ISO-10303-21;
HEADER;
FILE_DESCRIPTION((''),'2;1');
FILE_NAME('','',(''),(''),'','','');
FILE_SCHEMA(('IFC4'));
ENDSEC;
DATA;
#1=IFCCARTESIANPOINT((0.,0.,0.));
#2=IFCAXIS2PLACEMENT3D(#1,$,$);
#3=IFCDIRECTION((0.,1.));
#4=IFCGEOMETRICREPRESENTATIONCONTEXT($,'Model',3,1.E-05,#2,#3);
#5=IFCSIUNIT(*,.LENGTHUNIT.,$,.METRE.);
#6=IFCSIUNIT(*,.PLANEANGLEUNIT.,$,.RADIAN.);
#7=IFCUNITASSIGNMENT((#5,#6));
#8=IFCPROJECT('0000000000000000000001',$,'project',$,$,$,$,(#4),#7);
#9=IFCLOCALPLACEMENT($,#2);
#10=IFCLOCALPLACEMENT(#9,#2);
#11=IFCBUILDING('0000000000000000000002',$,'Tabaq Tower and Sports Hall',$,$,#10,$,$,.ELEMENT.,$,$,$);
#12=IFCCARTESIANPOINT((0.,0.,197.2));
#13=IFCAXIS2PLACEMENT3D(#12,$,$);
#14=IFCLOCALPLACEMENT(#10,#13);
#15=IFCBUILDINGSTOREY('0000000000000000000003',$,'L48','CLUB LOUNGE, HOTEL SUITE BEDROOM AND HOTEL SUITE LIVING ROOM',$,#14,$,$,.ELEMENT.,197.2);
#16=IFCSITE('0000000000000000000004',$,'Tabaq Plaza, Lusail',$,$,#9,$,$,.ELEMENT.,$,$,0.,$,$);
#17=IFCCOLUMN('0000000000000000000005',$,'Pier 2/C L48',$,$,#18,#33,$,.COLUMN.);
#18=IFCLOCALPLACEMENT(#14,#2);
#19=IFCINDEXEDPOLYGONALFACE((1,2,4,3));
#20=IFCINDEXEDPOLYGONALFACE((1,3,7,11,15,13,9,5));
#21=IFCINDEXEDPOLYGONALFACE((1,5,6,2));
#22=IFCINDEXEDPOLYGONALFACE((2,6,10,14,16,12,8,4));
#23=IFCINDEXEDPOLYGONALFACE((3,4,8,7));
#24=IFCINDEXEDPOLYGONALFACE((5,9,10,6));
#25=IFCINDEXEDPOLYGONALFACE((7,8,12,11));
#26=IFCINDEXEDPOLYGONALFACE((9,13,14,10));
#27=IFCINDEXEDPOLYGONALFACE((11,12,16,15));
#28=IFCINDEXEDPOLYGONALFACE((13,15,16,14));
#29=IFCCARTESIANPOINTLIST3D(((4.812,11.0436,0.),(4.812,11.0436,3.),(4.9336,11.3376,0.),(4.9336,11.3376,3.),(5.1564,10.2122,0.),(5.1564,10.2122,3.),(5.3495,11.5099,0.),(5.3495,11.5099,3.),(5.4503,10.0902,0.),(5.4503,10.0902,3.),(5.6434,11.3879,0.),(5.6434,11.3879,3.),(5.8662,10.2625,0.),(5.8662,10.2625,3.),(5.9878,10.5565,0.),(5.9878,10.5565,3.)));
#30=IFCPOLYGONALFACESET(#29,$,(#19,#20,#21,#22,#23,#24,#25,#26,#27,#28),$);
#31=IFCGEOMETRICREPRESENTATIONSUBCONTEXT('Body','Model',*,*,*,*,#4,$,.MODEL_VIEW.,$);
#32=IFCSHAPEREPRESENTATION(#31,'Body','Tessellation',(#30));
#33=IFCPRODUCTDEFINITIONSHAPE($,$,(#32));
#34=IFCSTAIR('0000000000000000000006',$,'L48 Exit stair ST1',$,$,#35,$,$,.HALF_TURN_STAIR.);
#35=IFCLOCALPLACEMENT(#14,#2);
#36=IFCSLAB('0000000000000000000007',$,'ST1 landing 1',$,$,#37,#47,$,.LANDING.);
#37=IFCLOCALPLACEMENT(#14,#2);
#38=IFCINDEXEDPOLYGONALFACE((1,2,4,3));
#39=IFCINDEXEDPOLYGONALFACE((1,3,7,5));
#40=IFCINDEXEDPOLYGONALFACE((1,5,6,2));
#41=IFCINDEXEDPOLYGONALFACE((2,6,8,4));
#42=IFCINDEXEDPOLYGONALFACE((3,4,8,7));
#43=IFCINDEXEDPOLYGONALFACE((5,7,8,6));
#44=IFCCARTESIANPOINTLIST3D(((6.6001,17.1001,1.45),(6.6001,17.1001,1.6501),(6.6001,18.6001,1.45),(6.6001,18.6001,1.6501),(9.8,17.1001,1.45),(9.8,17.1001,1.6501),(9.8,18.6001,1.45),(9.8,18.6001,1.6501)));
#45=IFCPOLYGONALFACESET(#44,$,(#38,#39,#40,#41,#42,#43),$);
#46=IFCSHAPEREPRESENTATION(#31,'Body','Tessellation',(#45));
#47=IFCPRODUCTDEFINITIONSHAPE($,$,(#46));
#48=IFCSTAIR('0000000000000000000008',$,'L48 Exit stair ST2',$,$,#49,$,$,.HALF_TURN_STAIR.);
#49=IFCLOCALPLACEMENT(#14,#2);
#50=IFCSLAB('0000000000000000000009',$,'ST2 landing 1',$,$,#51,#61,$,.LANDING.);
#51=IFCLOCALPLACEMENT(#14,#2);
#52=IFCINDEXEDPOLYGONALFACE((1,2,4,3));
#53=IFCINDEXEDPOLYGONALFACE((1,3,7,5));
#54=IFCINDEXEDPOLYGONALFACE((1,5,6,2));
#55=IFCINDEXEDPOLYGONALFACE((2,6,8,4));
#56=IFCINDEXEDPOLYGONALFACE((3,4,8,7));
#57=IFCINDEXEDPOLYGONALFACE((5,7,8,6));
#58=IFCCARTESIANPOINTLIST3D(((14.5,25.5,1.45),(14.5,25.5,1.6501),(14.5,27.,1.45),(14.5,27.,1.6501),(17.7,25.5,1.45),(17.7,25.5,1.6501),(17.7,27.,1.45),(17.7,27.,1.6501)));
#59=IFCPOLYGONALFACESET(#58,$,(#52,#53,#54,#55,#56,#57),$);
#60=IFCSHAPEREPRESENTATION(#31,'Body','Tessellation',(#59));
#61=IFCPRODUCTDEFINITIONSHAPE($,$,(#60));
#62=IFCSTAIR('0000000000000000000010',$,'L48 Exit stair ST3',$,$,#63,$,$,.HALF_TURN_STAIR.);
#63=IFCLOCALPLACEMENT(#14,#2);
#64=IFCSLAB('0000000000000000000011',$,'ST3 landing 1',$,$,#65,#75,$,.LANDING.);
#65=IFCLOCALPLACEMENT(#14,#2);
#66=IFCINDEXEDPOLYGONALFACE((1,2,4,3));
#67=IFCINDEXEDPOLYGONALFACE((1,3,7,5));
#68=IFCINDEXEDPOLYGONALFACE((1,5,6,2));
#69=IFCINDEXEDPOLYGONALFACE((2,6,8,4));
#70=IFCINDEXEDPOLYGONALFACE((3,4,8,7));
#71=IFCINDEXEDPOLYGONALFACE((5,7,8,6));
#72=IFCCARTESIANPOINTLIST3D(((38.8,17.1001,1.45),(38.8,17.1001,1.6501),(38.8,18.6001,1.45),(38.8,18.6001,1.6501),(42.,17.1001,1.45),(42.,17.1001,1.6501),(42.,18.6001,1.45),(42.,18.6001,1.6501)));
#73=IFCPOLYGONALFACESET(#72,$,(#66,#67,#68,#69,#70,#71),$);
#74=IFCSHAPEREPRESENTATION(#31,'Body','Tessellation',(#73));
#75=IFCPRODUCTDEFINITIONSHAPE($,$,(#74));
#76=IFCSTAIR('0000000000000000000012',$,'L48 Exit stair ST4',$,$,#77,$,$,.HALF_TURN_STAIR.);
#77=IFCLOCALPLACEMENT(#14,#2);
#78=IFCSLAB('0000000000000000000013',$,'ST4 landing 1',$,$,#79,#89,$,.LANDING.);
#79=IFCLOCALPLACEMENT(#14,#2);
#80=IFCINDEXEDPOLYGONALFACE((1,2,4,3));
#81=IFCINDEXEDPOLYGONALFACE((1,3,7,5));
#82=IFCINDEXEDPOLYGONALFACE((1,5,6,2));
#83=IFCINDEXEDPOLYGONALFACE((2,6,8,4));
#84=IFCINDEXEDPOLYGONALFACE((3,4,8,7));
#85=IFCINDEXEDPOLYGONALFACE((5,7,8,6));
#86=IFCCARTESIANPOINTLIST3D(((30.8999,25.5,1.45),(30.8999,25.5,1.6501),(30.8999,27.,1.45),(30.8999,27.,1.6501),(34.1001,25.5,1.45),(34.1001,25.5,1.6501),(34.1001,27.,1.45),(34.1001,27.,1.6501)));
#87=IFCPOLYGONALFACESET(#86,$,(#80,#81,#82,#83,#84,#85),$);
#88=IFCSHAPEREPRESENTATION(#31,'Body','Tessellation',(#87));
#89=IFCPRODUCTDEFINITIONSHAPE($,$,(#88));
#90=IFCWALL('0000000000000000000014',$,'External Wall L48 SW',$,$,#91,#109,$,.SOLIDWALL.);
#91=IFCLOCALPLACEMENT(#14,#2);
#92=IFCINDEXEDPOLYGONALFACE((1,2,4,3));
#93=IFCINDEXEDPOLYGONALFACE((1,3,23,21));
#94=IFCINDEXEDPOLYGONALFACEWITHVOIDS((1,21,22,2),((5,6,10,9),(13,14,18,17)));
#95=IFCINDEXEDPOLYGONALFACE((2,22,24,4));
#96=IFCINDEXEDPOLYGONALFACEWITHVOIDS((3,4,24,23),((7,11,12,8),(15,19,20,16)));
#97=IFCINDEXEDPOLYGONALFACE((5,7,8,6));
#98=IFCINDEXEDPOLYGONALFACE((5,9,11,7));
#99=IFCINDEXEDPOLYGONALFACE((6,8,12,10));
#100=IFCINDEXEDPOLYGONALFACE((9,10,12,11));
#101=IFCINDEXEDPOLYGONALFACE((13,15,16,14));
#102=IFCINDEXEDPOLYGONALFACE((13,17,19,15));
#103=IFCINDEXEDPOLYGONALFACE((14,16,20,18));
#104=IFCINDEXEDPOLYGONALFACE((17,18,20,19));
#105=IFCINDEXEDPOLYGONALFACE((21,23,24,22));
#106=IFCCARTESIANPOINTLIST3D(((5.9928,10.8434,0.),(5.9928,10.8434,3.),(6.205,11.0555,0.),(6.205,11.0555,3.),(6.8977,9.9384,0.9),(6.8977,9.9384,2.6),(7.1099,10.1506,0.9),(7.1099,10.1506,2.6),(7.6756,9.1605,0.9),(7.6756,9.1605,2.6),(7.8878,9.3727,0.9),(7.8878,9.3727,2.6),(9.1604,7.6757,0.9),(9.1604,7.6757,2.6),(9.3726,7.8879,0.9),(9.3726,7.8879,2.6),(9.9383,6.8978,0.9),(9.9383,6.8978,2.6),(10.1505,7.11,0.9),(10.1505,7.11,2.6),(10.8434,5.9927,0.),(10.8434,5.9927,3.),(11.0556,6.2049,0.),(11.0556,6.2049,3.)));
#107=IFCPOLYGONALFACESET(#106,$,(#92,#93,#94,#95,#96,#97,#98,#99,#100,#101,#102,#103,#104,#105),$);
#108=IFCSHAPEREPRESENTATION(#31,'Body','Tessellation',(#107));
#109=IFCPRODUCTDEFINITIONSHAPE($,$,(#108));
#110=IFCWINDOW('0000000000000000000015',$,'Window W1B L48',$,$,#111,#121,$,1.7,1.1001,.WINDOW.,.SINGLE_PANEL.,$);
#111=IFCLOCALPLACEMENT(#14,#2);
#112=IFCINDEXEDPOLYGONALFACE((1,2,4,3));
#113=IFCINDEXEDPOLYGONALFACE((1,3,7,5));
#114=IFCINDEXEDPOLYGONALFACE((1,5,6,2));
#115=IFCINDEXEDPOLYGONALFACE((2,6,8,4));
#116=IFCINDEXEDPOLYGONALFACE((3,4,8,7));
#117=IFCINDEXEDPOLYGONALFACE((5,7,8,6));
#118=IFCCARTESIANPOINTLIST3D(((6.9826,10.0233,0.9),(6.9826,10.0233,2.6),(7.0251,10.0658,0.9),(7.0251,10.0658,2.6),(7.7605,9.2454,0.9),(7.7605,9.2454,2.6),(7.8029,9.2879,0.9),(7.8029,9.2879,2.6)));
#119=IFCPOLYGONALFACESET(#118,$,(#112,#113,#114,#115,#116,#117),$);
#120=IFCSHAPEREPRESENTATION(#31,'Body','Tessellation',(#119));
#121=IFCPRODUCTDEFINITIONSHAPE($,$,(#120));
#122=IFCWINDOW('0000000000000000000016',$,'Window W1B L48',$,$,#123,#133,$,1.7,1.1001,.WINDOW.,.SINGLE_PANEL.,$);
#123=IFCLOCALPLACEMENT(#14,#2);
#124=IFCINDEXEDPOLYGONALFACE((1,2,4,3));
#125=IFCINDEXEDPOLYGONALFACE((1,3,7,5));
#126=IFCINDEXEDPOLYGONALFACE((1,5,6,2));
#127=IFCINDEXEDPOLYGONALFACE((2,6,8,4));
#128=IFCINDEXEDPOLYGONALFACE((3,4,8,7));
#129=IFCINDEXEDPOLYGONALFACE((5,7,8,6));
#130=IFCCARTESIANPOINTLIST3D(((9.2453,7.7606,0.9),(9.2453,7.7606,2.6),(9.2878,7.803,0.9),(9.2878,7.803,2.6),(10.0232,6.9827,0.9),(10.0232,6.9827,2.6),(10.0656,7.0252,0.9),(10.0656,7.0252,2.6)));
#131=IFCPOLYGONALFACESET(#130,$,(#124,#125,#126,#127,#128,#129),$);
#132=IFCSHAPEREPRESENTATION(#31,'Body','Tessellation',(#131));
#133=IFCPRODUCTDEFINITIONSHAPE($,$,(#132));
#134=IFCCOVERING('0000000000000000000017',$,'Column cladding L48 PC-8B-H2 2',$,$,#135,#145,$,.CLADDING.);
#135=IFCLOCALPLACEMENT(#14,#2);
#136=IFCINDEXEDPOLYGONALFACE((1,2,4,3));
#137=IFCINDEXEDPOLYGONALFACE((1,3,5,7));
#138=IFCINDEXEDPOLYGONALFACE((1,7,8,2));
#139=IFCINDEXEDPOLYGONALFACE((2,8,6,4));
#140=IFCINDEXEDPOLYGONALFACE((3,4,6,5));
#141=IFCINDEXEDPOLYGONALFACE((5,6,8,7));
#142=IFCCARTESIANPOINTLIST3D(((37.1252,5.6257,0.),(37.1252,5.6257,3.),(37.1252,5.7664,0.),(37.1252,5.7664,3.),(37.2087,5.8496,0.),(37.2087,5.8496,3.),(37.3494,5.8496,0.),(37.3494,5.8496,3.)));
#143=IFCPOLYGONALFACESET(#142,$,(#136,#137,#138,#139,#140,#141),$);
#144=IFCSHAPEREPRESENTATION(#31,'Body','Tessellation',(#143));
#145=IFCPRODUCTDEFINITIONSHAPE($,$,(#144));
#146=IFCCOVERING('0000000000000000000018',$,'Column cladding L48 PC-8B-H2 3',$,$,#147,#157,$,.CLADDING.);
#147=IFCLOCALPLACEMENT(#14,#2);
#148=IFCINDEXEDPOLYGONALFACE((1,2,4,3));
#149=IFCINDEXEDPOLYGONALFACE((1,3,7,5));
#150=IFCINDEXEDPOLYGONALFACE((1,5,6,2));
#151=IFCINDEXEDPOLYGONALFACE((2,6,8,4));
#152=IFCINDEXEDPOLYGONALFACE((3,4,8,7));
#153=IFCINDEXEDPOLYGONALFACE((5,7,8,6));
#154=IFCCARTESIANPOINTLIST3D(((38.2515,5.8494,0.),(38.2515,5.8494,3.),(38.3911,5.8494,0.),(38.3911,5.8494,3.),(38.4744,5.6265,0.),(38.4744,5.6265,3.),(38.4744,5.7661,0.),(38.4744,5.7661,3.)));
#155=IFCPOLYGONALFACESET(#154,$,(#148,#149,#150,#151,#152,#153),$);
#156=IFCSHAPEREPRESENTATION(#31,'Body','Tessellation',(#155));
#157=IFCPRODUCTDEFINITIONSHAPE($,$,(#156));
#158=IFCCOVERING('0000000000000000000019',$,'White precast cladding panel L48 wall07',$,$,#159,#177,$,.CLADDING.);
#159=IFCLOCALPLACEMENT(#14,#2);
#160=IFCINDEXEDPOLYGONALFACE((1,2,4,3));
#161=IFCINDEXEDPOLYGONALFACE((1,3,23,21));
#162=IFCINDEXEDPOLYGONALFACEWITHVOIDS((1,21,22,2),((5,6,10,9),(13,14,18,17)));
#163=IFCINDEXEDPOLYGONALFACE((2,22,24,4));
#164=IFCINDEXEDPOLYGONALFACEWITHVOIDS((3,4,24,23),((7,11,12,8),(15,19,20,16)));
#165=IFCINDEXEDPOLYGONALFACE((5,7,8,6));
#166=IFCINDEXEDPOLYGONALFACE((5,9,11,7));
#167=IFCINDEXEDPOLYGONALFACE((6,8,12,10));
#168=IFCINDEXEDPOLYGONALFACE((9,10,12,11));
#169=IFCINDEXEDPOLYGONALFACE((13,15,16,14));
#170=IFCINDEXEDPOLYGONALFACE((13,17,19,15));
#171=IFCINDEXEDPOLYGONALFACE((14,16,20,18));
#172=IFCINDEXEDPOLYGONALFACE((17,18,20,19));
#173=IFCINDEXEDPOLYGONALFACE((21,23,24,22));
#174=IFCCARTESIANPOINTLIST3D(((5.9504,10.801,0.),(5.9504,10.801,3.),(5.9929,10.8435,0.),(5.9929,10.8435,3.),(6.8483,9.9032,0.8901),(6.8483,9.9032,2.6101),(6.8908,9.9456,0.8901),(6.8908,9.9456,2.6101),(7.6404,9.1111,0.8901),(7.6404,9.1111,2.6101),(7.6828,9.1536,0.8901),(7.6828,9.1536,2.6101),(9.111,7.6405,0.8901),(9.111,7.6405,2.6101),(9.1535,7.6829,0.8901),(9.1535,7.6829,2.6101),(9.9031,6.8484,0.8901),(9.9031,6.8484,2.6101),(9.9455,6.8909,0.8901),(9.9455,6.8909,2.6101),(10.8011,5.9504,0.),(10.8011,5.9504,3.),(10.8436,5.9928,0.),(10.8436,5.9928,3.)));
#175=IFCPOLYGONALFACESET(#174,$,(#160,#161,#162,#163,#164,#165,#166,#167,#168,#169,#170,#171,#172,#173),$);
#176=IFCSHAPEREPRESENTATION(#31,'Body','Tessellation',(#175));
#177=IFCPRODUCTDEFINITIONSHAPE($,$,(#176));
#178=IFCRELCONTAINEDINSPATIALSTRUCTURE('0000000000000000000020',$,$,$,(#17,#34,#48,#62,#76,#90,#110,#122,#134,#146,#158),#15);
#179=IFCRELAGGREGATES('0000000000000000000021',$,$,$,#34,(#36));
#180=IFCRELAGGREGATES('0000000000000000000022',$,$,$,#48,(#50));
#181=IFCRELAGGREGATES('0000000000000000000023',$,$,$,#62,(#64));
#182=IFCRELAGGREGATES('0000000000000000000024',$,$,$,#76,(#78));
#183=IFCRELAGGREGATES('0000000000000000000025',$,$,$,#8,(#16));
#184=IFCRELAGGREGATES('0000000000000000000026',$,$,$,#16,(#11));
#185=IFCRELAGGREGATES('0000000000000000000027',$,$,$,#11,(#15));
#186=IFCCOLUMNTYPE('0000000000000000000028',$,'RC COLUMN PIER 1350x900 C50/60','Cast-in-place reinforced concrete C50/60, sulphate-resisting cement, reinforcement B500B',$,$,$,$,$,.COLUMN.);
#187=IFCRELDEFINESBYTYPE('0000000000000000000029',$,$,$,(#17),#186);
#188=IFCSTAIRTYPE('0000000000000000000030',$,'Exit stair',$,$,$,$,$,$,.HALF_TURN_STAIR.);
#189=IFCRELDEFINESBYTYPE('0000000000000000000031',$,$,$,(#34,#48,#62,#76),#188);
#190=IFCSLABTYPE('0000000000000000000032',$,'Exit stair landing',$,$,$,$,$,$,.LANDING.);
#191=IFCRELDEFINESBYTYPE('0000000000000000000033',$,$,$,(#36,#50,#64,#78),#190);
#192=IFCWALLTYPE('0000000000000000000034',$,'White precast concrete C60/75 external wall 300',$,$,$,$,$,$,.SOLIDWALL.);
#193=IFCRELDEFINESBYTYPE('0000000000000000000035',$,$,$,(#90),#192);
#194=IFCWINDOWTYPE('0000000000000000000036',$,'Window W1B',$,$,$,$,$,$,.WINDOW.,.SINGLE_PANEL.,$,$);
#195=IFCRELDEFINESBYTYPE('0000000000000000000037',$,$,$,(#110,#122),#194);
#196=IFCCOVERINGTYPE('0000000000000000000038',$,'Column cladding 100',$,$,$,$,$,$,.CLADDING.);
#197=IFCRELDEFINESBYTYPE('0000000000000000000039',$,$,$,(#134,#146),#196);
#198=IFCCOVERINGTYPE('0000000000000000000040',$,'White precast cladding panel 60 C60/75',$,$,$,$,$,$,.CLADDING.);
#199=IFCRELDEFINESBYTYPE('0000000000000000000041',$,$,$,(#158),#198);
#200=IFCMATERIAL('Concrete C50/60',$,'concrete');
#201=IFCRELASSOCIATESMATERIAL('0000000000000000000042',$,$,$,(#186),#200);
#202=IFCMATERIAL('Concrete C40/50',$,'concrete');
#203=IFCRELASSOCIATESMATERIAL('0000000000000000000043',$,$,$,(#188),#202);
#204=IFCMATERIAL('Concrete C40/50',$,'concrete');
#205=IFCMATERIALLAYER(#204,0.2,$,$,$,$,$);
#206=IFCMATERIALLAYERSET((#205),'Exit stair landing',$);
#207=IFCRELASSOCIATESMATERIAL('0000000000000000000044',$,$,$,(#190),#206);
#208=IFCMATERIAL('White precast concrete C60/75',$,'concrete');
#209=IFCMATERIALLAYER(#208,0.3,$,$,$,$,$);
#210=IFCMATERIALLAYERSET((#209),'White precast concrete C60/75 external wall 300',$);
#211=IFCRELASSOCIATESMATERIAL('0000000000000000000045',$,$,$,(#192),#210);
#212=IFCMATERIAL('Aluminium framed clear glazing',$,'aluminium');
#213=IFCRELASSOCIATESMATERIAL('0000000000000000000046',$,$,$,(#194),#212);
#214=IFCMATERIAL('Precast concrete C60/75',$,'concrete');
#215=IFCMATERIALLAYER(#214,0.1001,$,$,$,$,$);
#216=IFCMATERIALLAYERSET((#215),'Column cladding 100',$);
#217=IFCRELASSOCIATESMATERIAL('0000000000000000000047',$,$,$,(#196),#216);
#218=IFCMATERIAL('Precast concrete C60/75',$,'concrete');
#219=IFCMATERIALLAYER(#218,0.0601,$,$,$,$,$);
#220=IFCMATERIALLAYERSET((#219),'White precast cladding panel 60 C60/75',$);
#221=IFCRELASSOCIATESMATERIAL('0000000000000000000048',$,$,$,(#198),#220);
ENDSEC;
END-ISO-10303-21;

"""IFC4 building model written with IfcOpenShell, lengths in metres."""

from ifc_helpers import new_model, si_unit, direction, frame, frame_2d, origin, place, context, subcontext, project, spatial, polyline, rectangle, outline, extrude, material, layer, layer_set, material_profile, profile_set, type_object, element, fill, aggregate, save


model = new_model("IFC4")

# Units and contexts
model_context = context("Model", 3, precision=1e-05, world=origin(), true_north=direction((0.0, 1.0)))
body_context = subcontext(model_context, "Body", "Model", "MODEL_VIEW")
ifc_project = project(units=[si_unit("LENGTHUNIT", "METRE"), si_unit("PLANEANGLEUNIT", "RADIAN")], contexts=[model_context])

# Site, building, storey
site_placement = place(None, origin())
site = spatial("IfcSite", under=ifc_project, at=site_placement, Name="Tabaq Plaza, Lusail", CompositionType="ELEMENT", RefElevation=0.0)
building_placement = place(site_placement, origin())
building = spatial("IfcBuilding", under=site, at=building_placement, Name="Tabaq Tower and Sports Hall", CompositionType="ELEMENT")
storey_placement = place(building_placement, frame((0.0, 0.0, 197.2)))
storey = spatial("IfcBuildingStorey", under=building, at=storey_placement, Name="L48", Description="CLUB LOUNGE, HOTEL SUITE BEDROOM AND HOTEL SUITE LIVING ROOM", CompositionType="ELEMENT", Elevation=197.2)

# Column
ifc_material_1 = material(Name="Concrete C50/60", Category="concrete")
ifc_material_profile = material_profile(ifc_material_1, outline(polyline([(-0.45, -0.45), (0.45, -0.45), (0.675, -0.2251), (0.675, 0.2251), (0.45, 0.45), (-0.45, 0.45), (-0.675, 0.2251), (-0.675, -0.2251), (-0.45, -0.45)])), Name="PIER 1350x900")
ifc_profile_set = profile_set([ifc_material_profile], Name="Concrete C50/60")
column_type = type_object("IfcColumnType", Name="RC COLUMN PIER 1350x900 C50/60", Description="Cast-in-place reinforced concrete C50/60, sulphate-resisting cement, reinforcement B500B", PredefinedType="COLUMN", material=ifc_profile_set)
column_placement = place(storey_placement, frame((5.3999, 10.8, 0.0), z_axis=(0.0, 0.0, 1.0), x_axis=(-0.382683, 0.92388, 0.0)))
element("IfcColumn", 1, at=column_placement, inside=storey, type_object=column_type, Name="Pier 2/C L48", PredefinedType="COLUMN", context=body_context, shape_type="SweptSolid", body=[
    extrude(outline(polyline([(-0.45, -0.45), (0.45, -0.45), (0.675, -0.2251), (0.675, 0.2251), (0.45, 0.45), (-0.45, 0.45), (-0.675, 0.2251), (-0.675, -0.2251), (-0.45, -0.45)])), origin(), (0.0, 0.0, 1.0), 3.0),
])

# Stairs, slabs
ifc_material_2 = material(Name="Concrete C40/50", Category="concrete")
stair_type = type_object("IfcStairType", Name="Exit stair", PredefinedType="HALF_TURN_STAIR", material=ifc_material_2)
stair_1_placement = place(storey_placement, origin())
stair_1 = element("IfcStair", 2, at=stair_1_placement, inside=storey, type_object=stair_type, Name="L48 Exit stair ST1", PredefinedType="HALF_TURN_STAIR")
ifc_material_3 = material(Name="Concrete C40/50", Category="concrete")
ifc_layer_1 = layer(ifc_material_3, 0.2)
ifc_layer_set_1 = layer_set([ifc_layer_1], Name="Exit stair landing")
slab_type = type_object("IfcSlabType", Name="Exit stair landing", PredefinedType="LANDING", material=ifc_layer_set_1)
slab_1_placement = place(storey_placement, frame((0.0, 0.0, 1.45)))
slab_1 = element("IfcSlab", 3, at=slab_1_placement, type_object=slab_type, Name="ST1 landing 1", PredefinedType="LANDING", context=body_context, shape_type="SweptSolid", body=[
    extrude(outline(polyline([(6.6001, 18.6001), (6.6001, 17.1001), (9.8, 17.1001), (9.8, 18.6001), (6.6001, 18.6001)])), origin(), (0.0, 0.0, 1.0), 0.2002),
])
aggregate(stair_1, [slab_1])
stair_2_placement = place(storey_placement, origin())
stair_2 = element("IfcStair", 4, at=stair_2_placement, inside=storey, type_object=stair_type, Name="L48 Exit stair ST2", PredefinedType="HALF_TURN_STAIR")
slab_2_placement = place(storey_placement, frame((0.0, 0.0, 1.45)))
slab_2 = element("IfcSlab", 5, at=slab_2_placement, type_object=slab_type, Name="ST2 landing 1", PredefinedType="LANDING", context=body_context, shape_type="SweptSolid", body=[
    extrude(outline(polyline([(14.5, 27.0), (14.5, 25.5), (17.7, 25.5), (17.7, 27.0), (14.5, 27.0)])), origin(), (0.0, 0.0, 1.0), 0.2002),
])
aggregate(stair_2, [slab_2])
stair_3_placement = place(storey_placement, origin())
stair_3 = element("IfcStair", 6, at=stair_3_placement, inside=storey, type_object=stair_type, Name="L48 Exit stair ST3", PredefinedType="HALF_TURN_STAIR")
slab_3_placement = place(storey_placement, frame((0.0, 0.0, 1.45)))
slab_3 = element("IfcSlab", 7, at=slab_3_placement, type_object=slab_type, Name="ST3 landing 1", PredefinedType="LANDING", context=body_context, shape_type="SweptSolid", body=[
    extrude(outline(polyline([(38.8, 18.6001), (38.8, 17.1001), (42.0, 17.1001), (42.0, 18.6001), (38.8, 18.6001)])), origin(), (0.0, 0.0, 1.0), 0.2002),
])
aggregate(stair_3, [slab_3])
stair_4_placement = place(storey_placement, origin())
stair_4 = element("IfcStair", 8, at=stair_4_placement, inside=storey, type_object=stair_type, Name="L48 Exit stair ST4", PredefinedType="HALF_TURN_STAIR")
slab_4_placement = place(storey_placement, frame((0.0, 0.0, 1.45)))
slab_4 = element("IfcSlab", 9, at=slab_4_placement, type_object=slab_type, Name="ST4 landing 1", PredefinedType="LANDING", context=body_context, shape_type="SweptSolid", body=[
    extrude(outline(polyline([(30.8999, 27.0), (30.8999, 25.5), (34.1001, 25.5), (34.1001, 27.0), (30.8999, 27.0)])), origin(), (0.0, 0.0, 1.0), 0.2002),
])
aggregate(stair_4, [slab_4])

# Wall, openings, windows
ifc_material_4 = material(Name="White precast concrete C60/75", Category="concrete")
ifc_layer_2 = layer(ifc_material_4, 0.3)
ifc_layer_set_2 = layer_set([ifc_layer_2], Name="White precast concrete C60/75 external wall 300")
wall_type = type_object("IfcWallType", Name="White precast concrete C60/75 external wall 300", PredefinedType="SOLIDWALL", material=ifc_layer_set_2)
wall_placement = place(storey_placement, frame((6.0989, 10.9495, 0.0), z_axis=(0.0, 0.0, 1.0), x_axis=(0.707107, -0.707107, 0.0)))
wall = element("IfcWall", 10, at=wall_placement, inside=storey, type_object=wall_type, Name="External Wall L48 SW", PredefinedType="SOLIDWALL", context=body_context, shape_type="SweptSolid", body=[
    extrude(rectangle(XDim=6.8599, YDim=0.3, at=frame_2d((3.4299, 0.0))), origin(), (0.0, 0.0, 1.0), 3.0),
])
opening_1_placement = place(wall_placement, frame((1.2798, 0.0, 0.8999)))
opening_1 = element("IfcOpeningElement", 11, at=opening_1_placement, cuts=wall, PredefinedType="OPENING", context=body_context, shape_type="SweptSolid", body=[
    extrude(rectangle(XDim=1.1001, YDim=1.7, at=frame_2d((0.55, 0.8501))), frame((0.0, 0.1602, 0.0), z_axis=(0.0, -1.0, 0.0), x_axis=(1.0, 0.0, 0.0)), (0.0, 0.0, 1.0), 0.3201),
])
opening_2_placement = place(wall_placement, frame((4.4797, 0.0, 0.8999)))
opening_2 = element("IfcOpeningElement", 12, at=opening_2_placement, cuts=wall, PredefinedType="OPENING", context=body_context, shape_type="SweptSolid", body=[
    extrude(rectangle(XDim=1.1001, YDim=1.7, at=frame_2d((0.55, 0.8501))), frame((0.0, 0.1602, 0.0), z_axis=(0.0, -1.0, 0.0), x_axis=(1.0, 0.0, 0.0)), (0.0, 0.0, 1.0), 0.3201),
])
ifc_material_5 = material(Name="Aluminium framed clear glazing", Category="aluminium")
window_type = type_object("IfcWindowType", Name="Window W1B", PartitioningType="SINGLE_PANEL", PredefinedType="WINDOW", material=ifc_material_5)
window_1_placement = place(opening_1_placement, origin())
window_1 = element("IfcWindow", 13, at=window_1_placement, inside=storey, type_object=window_type, Name="Window W1B L48", OverallHeight=1.7, OverallWidth=1.1001, PartitioningType="SINGLE_PANEL", PredefinedType="WINDOW", context=body_context, shape_type="SweptSolid", body=[
    extrude(rectangle(XDim=1.1001, YDim=1.7, at=frame_2d((0.55, 0.8501))), frame((0.0, 0.03, 0.0), z_axis=(0.0, -1.0, 0.0), x_axis=(1.0, 0.0, 0.0)), (0.0, 0.0, 1.0), 0.0601),
])
fill(opening_1, window_1)
window_2_placement = place(opening_2_placement, origin())
window_2 = element("IfcWindow", 14, at=window_2_placement, inside=storey, type_object=window_type, Name="Window W1B L48", OverallHeight=1.7, OverallWidth=1.1001, PartitioningType="SINGLE_PANEL", PredefinedType="WINDOW", context=body_context, shape_type="SweptSolid", body=[
    extrude(rectangle(XDim=1.1001, YDim=1.7, at=frame_2d((0.55, 0.8501))), frame((0.0, 0.03, 0.0), z_axis=(0.0, -1.0, 0.0), x_axis=(1.0, 0.0, 0.0)), (0.0, 0.0, 1.0), 0.0601),
])
fill(opening_2, window_2)

# Coverings
ifc_material_6 = material(Name="Precast concrete C60/75", Category="concrete")
ifc_layer_3 = layer(ifc_material_6, 0.1001)
ifc_layer_set_3 = layer_set([ifc_layer_3], Name="Column cladding 100")
covering_type_1 = type_object("IfcCoveringType", Name="Column cladding 100", PredefinedType="CLADDING", material=ifc_layer_set_3)
covering_1_placement = place(storey_placement, origin())
element("IfcCovering", 15, at=covering_1_placement, inside=storey, type_object=covering_type_1, Name="Column cladding L48 PC-8B-H2 2", PredefinedType="CLADDING", context=body_context, shape_type="SweptSolid", body=[
    extrude(outline(polyline([(37.2087, 5.8496), (37.3494, 5.8496), (37.1252, 5.6257), (37.1252, 5.7664), (37.2087, 5.8496)])), origin(), (0.0, 0.0, 1.0), 3.0),
])
covering_2_placement = place(storey_placement, origin())
element("IfcCovering", 16, at=covering_2_placement, inside=storey, type_object=covering_type_1, Name="Column cladding L48 PC-8B-H2 3", PredefinedType="CLADDING", context=body_context, shape_type="SweptSolid", body=[
    extrude(outline(polyline([(38.4744, 5.6265), (38.2515, 5.8494), (38.3911, 5.8494), (38.4744, 5.7661), (38.4744, 5.6265)])), origin(), (0.0, 0.0, 1.0), 3.0),
])
ifc_material_7 = material(Name="Precast concrete C60/75", Category="concrete")
ifc_layer_4 = layer(ifc_material_7, 0.0601)
ifc_layer_set_4 = layer_set([ifc_layer_4], Name="White precast cladding panel 60 C60/75")
covering_type_2 = type_object("IfcCoveringType", Name="White precast cladding panel 60 C60/75", PredefinedType="CLADDING", material=ifc_layer_set_4)
covering_3_placement = place(storey_placement, frame((5.9717, 10.8223, 0.0), z_axis=(0.0, 0.0, 1.0), x_axis=(0.707107, -0.707107, 0.0)))
element("IfcCovering", 17, at=covering_3_placement, inside=storey, type_object=covering_type_2, Name="White precast cladding panel L48 wall07", PredefinedType="CLADDING", context=body_context, shape_type="SweptSolid", body=[
    extrude(outline(polyline([(0.0, 0.0), (6.8599, 0.0), (6.8599, 3.0), (0.0, 3.0), (0.0, 0.0)]), holes=[polyline([(1.2698, 2.6101), (2.3899, 2.6101), (2.3899, 0.8901), (1.2698, 0.8901), (1.2698, 2.6101)]), polyline([(4.4697, 2.6101), (5.5898, 2.6101), (5.5898, 0.8901), (4.4697, 0.8901), (4.4697, 2.6101)])]), frame((0.0, 0.03, 0.0), z_axis=(0.0, -1.0, 0.0), x_axis=(1.0, 0.0, 0.0)), (0.0, 0.0, 1.0), 0.0601),
])

save(model, "model.ifc")
